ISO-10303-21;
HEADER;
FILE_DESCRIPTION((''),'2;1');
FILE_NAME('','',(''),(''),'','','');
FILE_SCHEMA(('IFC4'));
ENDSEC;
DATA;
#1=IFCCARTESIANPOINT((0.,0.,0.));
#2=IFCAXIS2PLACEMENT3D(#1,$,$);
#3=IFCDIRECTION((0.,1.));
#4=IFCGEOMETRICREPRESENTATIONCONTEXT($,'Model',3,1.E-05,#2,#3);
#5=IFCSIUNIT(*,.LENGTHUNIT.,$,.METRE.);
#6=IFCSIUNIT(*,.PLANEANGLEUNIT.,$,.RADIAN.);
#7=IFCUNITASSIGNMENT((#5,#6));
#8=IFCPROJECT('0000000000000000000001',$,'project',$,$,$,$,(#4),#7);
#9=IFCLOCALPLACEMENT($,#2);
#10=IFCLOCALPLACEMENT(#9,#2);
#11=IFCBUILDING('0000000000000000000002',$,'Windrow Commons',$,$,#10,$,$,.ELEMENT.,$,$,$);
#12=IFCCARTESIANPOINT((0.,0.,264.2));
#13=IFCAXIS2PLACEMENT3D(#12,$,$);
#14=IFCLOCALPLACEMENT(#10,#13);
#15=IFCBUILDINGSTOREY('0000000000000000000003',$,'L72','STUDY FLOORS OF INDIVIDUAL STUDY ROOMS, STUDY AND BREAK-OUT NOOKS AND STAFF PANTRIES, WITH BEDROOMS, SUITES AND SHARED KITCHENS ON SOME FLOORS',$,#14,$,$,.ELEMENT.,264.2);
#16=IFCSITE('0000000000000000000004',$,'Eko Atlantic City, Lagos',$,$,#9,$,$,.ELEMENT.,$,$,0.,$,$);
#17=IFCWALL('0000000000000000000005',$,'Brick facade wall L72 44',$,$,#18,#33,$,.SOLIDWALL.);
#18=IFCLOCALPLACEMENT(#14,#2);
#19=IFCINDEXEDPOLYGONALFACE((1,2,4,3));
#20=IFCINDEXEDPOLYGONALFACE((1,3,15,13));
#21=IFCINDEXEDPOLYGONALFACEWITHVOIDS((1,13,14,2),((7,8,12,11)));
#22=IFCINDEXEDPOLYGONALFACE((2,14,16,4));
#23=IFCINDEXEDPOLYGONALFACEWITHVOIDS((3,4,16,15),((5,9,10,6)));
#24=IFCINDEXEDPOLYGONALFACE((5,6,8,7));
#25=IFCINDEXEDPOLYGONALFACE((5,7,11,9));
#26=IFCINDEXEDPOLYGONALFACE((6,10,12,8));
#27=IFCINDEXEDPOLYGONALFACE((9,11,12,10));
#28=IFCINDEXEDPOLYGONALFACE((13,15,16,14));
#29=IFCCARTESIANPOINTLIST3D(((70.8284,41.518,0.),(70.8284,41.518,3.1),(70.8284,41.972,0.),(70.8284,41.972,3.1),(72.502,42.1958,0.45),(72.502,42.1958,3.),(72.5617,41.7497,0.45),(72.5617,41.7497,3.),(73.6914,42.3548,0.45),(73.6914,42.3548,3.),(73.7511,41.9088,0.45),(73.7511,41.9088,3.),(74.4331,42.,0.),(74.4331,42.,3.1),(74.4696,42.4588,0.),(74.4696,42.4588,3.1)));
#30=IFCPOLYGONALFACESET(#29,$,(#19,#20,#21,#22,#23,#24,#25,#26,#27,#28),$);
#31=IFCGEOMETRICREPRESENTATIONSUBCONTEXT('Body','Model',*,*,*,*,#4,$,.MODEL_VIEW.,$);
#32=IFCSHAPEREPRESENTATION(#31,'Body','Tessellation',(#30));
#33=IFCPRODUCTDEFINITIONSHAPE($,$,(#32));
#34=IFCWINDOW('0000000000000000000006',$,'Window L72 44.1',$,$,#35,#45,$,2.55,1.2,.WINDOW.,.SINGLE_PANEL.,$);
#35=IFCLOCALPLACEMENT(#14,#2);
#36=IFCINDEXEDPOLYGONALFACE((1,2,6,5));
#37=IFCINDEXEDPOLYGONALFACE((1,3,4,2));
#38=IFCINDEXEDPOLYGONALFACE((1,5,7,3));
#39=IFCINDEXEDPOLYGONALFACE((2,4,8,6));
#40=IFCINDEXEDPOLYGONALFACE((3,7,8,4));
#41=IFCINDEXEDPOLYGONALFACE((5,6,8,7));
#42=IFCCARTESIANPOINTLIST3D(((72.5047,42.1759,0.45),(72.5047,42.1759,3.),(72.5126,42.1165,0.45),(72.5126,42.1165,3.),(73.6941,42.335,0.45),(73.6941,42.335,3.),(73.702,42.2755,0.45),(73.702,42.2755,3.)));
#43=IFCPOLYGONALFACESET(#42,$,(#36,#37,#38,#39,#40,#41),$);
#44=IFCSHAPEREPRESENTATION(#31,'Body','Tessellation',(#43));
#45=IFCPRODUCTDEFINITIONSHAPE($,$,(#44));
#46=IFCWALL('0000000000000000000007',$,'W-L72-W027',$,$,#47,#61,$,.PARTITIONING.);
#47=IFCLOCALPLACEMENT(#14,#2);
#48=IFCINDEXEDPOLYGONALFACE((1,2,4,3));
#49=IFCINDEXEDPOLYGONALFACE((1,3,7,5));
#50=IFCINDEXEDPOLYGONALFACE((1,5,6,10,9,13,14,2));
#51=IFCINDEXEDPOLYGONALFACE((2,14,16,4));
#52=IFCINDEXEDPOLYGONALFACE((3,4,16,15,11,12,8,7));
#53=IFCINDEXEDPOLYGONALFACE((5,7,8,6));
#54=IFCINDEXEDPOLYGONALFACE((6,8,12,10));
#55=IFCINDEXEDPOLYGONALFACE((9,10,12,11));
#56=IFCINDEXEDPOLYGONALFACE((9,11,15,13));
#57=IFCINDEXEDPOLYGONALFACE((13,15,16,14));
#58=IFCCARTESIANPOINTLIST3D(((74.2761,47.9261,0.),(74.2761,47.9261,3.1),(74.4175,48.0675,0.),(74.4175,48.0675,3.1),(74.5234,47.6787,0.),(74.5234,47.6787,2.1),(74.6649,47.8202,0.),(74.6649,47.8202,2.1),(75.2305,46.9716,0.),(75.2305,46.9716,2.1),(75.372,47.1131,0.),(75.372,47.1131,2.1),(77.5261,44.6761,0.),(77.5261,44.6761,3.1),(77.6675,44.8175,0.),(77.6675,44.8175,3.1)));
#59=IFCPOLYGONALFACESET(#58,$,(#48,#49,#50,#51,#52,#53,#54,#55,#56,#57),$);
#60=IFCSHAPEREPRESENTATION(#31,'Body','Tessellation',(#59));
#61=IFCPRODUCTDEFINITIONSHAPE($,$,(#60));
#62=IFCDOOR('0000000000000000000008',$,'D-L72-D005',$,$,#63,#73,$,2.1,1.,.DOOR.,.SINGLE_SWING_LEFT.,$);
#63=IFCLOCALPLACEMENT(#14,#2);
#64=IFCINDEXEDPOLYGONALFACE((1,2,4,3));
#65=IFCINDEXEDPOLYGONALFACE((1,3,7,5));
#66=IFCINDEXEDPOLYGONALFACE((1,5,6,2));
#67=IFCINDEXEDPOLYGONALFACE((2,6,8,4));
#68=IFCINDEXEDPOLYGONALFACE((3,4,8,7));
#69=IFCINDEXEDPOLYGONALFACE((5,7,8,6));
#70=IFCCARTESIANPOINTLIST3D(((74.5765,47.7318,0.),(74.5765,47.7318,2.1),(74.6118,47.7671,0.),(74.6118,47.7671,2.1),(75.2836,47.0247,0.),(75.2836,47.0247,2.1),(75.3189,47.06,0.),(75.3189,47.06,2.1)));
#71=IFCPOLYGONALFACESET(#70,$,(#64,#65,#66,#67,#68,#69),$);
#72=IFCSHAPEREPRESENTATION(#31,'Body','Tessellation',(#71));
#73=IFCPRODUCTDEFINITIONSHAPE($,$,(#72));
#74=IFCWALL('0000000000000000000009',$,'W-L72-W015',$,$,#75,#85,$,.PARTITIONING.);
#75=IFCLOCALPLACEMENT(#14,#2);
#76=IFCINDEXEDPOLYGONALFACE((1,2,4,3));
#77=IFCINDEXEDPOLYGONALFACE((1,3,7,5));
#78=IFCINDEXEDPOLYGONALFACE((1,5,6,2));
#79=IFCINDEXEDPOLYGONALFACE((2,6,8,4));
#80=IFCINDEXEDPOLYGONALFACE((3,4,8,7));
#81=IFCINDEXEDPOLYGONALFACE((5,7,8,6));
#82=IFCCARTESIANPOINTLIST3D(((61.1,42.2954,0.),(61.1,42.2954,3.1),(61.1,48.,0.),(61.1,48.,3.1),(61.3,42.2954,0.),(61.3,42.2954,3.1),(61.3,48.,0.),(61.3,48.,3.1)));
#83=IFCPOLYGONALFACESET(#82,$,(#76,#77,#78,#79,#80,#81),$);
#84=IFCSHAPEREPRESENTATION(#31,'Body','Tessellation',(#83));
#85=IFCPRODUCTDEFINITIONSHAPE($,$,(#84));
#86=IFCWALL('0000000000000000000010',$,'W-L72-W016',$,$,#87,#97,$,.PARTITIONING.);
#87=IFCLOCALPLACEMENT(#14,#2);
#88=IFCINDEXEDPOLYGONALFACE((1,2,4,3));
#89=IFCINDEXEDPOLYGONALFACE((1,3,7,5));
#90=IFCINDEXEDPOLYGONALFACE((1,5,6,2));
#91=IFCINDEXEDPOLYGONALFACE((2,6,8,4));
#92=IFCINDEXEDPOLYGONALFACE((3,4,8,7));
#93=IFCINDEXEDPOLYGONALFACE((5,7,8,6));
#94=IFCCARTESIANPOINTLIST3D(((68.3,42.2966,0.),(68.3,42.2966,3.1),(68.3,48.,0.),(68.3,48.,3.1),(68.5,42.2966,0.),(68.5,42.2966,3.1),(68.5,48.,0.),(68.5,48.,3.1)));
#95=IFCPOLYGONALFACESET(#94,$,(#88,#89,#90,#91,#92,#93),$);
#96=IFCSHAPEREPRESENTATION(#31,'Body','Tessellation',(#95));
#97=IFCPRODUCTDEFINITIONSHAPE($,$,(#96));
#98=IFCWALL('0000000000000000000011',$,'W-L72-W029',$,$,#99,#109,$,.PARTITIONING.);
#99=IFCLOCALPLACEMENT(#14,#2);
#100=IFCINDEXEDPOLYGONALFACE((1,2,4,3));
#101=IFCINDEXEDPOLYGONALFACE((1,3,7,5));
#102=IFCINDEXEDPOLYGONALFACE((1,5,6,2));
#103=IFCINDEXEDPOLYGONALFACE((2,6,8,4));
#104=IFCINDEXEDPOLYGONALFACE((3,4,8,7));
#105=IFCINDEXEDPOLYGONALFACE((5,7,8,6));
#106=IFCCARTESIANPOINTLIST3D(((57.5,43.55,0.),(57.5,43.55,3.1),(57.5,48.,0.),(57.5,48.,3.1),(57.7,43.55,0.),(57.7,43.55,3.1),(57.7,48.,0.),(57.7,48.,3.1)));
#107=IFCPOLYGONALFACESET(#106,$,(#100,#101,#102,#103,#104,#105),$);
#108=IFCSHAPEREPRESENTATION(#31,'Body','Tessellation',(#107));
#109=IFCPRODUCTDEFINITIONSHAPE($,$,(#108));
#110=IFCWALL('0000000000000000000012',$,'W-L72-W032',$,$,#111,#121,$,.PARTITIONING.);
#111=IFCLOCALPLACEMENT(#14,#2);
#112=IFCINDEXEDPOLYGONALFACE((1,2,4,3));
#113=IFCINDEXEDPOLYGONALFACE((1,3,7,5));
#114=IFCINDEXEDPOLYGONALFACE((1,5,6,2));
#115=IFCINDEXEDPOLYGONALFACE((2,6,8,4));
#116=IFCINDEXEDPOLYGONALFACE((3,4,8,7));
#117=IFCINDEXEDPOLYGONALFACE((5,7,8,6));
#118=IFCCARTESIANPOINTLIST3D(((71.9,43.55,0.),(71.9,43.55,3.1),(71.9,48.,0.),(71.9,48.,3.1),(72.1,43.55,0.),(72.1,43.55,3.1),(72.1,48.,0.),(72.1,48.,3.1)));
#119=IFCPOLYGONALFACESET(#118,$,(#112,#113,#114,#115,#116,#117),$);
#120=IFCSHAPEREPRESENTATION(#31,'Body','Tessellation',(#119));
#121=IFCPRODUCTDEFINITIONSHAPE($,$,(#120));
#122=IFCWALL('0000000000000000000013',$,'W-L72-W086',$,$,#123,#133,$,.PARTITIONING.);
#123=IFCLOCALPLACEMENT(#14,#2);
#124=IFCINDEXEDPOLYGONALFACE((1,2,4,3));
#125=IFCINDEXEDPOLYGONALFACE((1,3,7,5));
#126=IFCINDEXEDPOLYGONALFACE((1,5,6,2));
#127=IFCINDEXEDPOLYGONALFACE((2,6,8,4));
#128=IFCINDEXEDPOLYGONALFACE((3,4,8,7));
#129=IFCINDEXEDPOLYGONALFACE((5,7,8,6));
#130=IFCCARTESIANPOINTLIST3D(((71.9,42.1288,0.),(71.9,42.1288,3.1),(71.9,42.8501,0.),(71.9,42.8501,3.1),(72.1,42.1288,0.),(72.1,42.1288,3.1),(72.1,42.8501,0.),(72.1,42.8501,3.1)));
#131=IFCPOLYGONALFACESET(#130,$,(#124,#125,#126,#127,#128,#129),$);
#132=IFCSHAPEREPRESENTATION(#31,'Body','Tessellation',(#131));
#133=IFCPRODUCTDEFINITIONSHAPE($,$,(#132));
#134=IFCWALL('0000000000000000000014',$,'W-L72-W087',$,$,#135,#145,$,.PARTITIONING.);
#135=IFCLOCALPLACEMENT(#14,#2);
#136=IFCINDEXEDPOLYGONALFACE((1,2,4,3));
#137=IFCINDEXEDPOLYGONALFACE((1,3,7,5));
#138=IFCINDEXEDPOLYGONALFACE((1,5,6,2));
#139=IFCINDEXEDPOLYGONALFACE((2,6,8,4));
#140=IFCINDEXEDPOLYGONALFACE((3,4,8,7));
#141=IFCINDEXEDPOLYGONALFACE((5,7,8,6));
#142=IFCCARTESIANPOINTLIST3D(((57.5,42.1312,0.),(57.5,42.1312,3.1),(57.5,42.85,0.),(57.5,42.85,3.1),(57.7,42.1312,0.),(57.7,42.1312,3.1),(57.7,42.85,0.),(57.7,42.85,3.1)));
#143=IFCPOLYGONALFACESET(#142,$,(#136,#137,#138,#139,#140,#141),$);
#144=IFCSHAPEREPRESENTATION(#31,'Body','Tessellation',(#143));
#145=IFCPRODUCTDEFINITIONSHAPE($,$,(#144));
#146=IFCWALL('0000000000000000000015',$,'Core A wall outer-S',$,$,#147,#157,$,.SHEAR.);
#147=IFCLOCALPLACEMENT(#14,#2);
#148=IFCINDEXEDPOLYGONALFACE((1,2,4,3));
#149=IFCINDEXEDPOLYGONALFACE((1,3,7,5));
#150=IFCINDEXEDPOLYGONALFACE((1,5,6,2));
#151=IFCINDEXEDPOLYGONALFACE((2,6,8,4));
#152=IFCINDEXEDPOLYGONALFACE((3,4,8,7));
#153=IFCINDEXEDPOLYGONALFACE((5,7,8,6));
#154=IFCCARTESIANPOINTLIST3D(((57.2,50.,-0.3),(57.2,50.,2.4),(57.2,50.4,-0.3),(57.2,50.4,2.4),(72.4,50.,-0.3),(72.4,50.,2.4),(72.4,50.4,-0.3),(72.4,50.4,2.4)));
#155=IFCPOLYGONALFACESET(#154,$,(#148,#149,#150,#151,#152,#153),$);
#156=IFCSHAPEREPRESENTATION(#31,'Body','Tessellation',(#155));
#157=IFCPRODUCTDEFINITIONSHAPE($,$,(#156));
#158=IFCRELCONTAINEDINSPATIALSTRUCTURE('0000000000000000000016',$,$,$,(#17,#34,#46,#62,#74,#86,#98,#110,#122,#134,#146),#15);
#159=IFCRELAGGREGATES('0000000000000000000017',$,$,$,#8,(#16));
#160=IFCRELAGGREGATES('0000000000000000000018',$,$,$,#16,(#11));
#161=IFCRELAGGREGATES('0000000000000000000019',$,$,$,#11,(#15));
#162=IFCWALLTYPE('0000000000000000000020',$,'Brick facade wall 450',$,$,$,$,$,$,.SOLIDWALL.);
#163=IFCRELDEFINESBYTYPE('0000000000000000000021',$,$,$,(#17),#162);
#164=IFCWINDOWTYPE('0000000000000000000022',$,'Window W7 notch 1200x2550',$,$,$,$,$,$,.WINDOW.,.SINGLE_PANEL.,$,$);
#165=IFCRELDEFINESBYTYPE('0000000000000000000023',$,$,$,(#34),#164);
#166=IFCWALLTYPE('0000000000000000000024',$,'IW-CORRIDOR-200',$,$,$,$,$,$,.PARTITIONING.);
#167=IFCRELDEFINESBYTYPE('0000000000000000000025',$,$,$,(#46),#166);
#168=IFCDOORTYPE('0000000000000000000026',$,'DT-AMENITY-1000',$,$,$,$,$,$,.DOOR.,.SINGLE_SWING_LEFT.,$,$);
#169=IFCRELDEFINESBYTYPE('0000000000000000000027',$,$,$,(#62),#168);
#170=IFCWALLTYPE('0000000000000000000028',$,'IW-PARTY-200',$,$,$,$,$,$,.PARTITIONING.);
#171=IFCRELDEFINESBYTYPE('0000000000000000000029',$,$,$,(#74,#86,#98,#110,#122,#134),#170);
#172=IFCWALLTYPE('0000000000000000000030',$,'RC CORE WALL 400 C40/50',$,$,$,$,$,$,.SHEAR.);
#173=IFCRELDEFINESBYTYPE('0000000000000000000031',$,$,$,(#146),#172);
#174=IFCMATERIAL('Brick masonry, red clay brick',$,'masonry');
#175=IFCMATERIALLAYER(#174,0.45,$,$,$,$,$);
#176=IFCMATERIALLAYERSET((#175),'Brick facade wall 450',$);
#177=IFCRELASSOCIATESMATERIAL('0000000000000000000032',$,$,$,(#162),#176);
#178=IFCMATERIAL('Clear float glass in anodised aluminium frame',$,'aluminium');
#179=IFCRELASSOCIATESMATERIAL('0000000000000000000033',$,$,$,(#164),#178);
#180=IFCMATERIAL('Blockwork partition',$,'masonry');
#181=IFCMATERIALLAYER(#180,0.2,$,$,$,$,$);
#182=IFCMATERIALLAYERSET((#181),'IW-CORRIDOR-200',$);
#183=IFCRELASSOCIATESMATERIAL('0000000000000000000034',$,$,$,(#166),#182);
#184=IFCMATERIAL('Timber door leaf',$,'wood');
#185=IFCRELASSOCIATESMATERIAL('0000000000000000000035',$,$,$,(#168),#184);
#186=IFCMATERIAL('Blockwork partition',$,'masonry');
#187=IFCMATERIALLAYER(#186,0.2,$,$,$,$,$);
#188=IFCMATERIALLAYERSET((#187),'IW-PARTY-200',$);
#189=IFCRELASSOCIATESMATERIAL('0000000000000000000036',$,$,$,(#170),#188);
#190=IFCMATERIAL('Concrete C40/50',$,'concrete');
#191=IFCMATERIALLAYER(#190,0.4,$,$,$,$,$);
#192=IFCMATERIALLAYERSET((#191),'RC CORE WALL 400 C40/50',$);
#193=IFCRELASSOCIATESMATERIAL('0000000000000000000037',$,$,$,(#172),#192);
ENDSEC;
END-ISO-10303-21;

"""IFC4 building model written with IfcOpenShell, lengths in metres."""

from ifc_helpers import new_model, si_unit, direction, frame, frame_2d, origin, place, context, subcontext, project, spatial, polyline, rectangle, outline, extrude, material, layer, layer_set, type_object, element, fill, save


model = new_model("IFC4")

# Units and contexts
model_context = context("Model", 3, precision=1e-05, world=origin(), true_north=direction((0.0, 1.0)))
body_context = subcontext(model_context, "Body", "Model", "MODEL_VIEW")
ifc_project = project(units=[si_unit("LENGTHUNIT", "METRE"), si_unit("PLANEANGLEUNIT", "RADIAN")], contexts=[model_context])

# Site, building, storey
site_placement = place(None, origin())
site = spatial("IfcSite", under=ifc_project, at=site_placement, Name="Eko Atlantic City, Lagos", CompositionType="ELEMENT", RefElevation=0.0)
building_placement = place(site_placement, origin())
building = spatial("IfcBuilding", under=site, at=building_placement, Name="Windrow Commons", CompositionType="ELEMENT")
storey_placement = place(building_placement, frame((0.0, 0.0, 264.2)))
storey = spatial("IfcBuildingStorey", under=building, at=storey_placement, Name="L72", Description="STUDY FLOORS OF INDIVIDUAL STUDY ROOMS, STUDY AND BREAK-OUT NOOKS AND STAFF PANTRIES, WITH BEDROOMS, SUITES AND SHARED KITCHENS ON SOME FLOORS", CompositionType="ELEMENT", Elevation=264.2)

# Wall, opening, window
ifc_material_1 = material(Name="Brick masonry, red clay brick", Category="masonry")
ifc_layer_1 = layer(ifc_material_1, 0.45)
ifc_layer_set_1 = layer_set([ifc_layer_1], Name="Brick facade wall 450")
wall_type_1 = type_object("IfcWallType", Name="Brick facade wall 450", PredefinedType="SOLIDWALL", material=ifc_layer_set_1)
ifc_material_2 = material(Name="Clear float glass in anodised aluminium frame", Category="aluminium")
window_type = type_object("IfcWindowType", Name="Window W7 notch 1200x2550", PartitioningType="SINGLE_PANEL", PredefinedType="WINDOW", material=ifc_material_2)
wall_1_placement = place(storey_placement, frame((70.8284, 41.745, 0.0), z_axis=(0.0, 0.0, 1.0), x_axis=(0.99118, 0.132522, 0.0)))
wall_1 = element("IfcWall", 1, at=wall_1_placement, inside=storey, type_object=wall_type_1, Name="Brick facade wall L72 44", PredefinedType="SOLIDWALL", context=body_context, shape_type="SweptSolid", body=[
    extrude(outline(polyline([(-0.0301, -0.225), (3.6067, -0.225), (3.7037, 0.225), (0.0301, 0.225), (-0.0301, -0.225)])), origin(), (0.0, 0.0, 1.0), 3.1),
])
opening_1_placement = place(wall_1_placement, frame((1.7186, 0.0, 0.45)))
opening_1 = element("IfcOpeningElement", 2, at=opening_1_placement, cuts=wall_1, PredefinedType="OPENING", context=body_context, shape_type="SweptSolid", body=[
    extrude(rectangle(XDim=1.2, YDim=2.55, at=frame_2d((0.6, 1.275))), frame((0.0, 0.235, 0.0), z_axis=(0.0, -1.0, 0.0), x_axis=(1.0, 0.0, 0.0)), (0.0, 0.0, 1.0), 0.47),
])
window_1_placement = place(opening_1_placement, origin())
window_1 = element("IfcWindow", 3, at=window_1_placement, inside=storey, type_object=window_type, Name="Window L72 44.1", OverallHeight=2.55, OverallWidth=1.2, PartitioningType="SINGLE_PANEL", PredefinedType="WINDOW", context=body_context, shape_type="SweptSolid", body=[
    extrude(rectangle(XDim=1.2, YDim=2.55, at=frame_2d((0.6, 1.275))), frame((0.0, 0.205, 0.0), z_axis=(0.0, -1.0, 0.0), x_axis=(1.0, 0.0, 0.0)), (0.0, 0.0, 1.0), 0.06),
])
fill(opening_1, window_1)

# Wall, opening, door
ifc_material_3 = material(Name="Blockwork partition", Category="masonry")
ifc_layer_2 = layer(ifc_material_3, 0.2)
ifc_layer_set_2 = layer_set([ifc_layer_2], Name="IW-CORRIDOR-200")
wall_type_2 = type_object("IfcWallType", Name="IW-CORRIDOR-200", PredefinedType="PARTITIONING", material=ifc_layer_set_2)
wall_2_placement = place(storey_placement, frame((74.3468, 47.9968, 0.0), z_axis=(0.0, 0.0, 1.0), x_axis=(0.707107, -0.707107, 0.0)))
wall_2 = element("IfcWall", 4, at=wall_2_placement, inside=storey, type_object=wall_type_2, Name="W-L72-W027", PredefinedType="PARTITIONING", context=body_context, shape_type="SweptSolid", body=[
    extrude(rectangle(XDim=4.5962, YDim=0.2, at=frame_2d((2.2981, 0.0))), origin(), (0.0, 0.0, 1.0), 3.1),
])
opening_2_placement = place(wall_2_placement, frame((0.3498, 0.0, 0.0)))
opening_2 = element("IfcOpeningElement", 5, at=opening_2_placement, cuts=wall_2, PredefinedType="OPENING", context=body_context, shape_type="SweptSolid", body=[
    extrude(rectangle(XDim=1.0, YDim=2.1, at=frame_2d((0.5, 1.05))), frame((0.0, 0.11, 0.0), z_axis=(0.0, -1.0, 0.0), x_axis=(1.0, 0.0, 0.0)), (0.0, 0.0, 1.0), 0.22),
])
ifc_material_4 = material(Name="Timber door leaf", Category="wood")
door_type = type_object("IfcDoorType", Name="DT-AMENITY-1000", OperationType="SINGLE_SWING_LEFT", PredefinedType="DOOR", material=ifc_material_4)
door_placement = place(opening_2_placement, origin())
door = element("IfcDoor", 6, at=door_placement, inside=storey, type_object=door_type, Name="D-L72-D005", OperationType="SINGLE_SWING_LEFT", OverallHeight=2.1, OverallWidth=1.0, PredefinedType="DOOR", context=body_context, shape_type="SweptSolid", body=[
    extrude(rectangle(XDim=1.0, YDim=2.1, at=frame_2d((0.5, 1.05))), frame((0.0, 0.025, 0.0), z_axis=(0.0, -1.0, 0.0), x_axis=(1.0, 0.0, 0.0)), (0.0, 0.0, 1.0), 0.05),
])
fill(opening_2, door)

# Walls
ifc_material_5 = material(Name="Blockwork partition", Category="masonry")
ifc_layer_3 = layer(ifc_material_5, 0.2)
ifc_layer_set_3 = layer_set([ifc_layer_3], Name="IW-PARTY-200")
wall_type_3 = type_object("IfcWallType", Name="IW-PARTY-200", PredefinedType="PARTITIONING", material=ifc_layer_set_3)
wall_3_placement = place(storey_placement, frame((61.2, 42.2954, 0.0), z_axis=(0.0, 0.0, 1.0), x_axis=(0.0, 1.0, 0.0)))
element("IfcWall", 7, at=wall_3_placement, inside=storey, type_object=wall_type_3, Name="W-L72-W015", PredefinedType="PARTITIONING", context=body_context, shape_type="SweptSolid", body=[
    extrude(rectangle(XDim=5.7046, YDim=0.2, at=frame_2d((2.8523, 0.0))), origin(), (0.0, 0.0, 1.0), 3.1),
])
wall_4_placement = place(storey_placement, frame((68.4, 42.2967, 0.0), z_axis=(0.0, 0.0, 1.0), x_axis=(0.0, 1.0, 0.0)))
element("IfcWall", 8, at=wall_4_placement, inside=storey, type_object=wall_type_3, Name="W-L72-W016", PredefinedType="PARTITIONING", context=body_context, shape_type="SweptSolid", body=[
    extrude(rectangle(XDim=5.7033, YDim=0.2, at=frame_2d((2.8516, 0.0))), origin(), (0.0, 0.0, 1.0), 3.1),
])
for number, where, z_axis, x_axis, name in (
    (9, (57.6, 43.55, 0.0), (0.0, 0.0, 1.0), (0.0, 1.0, 0.0), "W-L72-W029"),
    (10, (72.0, 43.55, 0.0), (0.0, 0.0, 1.0), (0.0, 1.0, 0.0), "W-L72-W032"),
):
    element("IfcWall", number, at=place(storey_placement, frame(where, z_axis=z_axis, x_axis=x_axis)), inside=storey, type_object=wall_type_3, Name=name, PredefinedType="PARTITIONING", context=body_context, shape_type="SweptSolid", body=[
        extrude(rectangle(XDim=4.45, YDim=0.2, at=frame_2d((2.225, 0.0))), origin(), (0.0, 0.0, 1.0), 3.1),
    ])
wall_5_placement = place(storey_placement, frame((72.0, 42.1287, 0.0), z_axis=(0.0, 0.0, 1.0), x_axis=(0.0, 1.0, 0.0)))
element("IfcWall", 11, at=wall_5_placement, inside=storey, type_object=wall_type_3, Name="W-L72-W086", PredefinedType="PARTITIONING", context=body_context, shape_type="SweptSolid", body=[
    extrude(rectangle(XDim=0.7213, YDim=0.2, at=frame_2d((0.3607, 0.0))), origin(), (0.0, 0.0, 1.0), 3.1),
])
wall_6_placement = place(storey_placement, frame((57.6, 42.1312, 0.0), z_axis=(0.0, 0.0, 1.0), x_axis=(0.0, 1.0, 0.0)))
element("IfcWall", 12, at=wall_6_placement, inside=storey, type_object=wall_type_3, Name="W-L72-W087", PredefinedType="PARTITIONING", context=body_context, shape_type="SweptSolid", body=[
    extrude(rectangle(XDim=0.7188, YDim=0.2, at=frame_2d((0.3594, 0.0))), origin(), (0.0, 0.0, 1.0), 3.1),
])
ifc_material_6 = material(Name="Concrete C40/50", Category="concrete")
ifc_layer_4 = layer(ifc_material_6, 0.4)
ifc_layer_set_4 = layer_set([ifc_layer_4], Name="RC CORE WALL 400 C40/50")
wall_type_4 = type_object("IfcWallType", Name="RC CORE WALL 400 C40/50", PredefinedType="SHEAR", material=ifc_layer_set_4)
wall_7_placement = place(storey_placement, frame((57.2, 50.2, -0.3), z_axis=(0.0, 0.0, 1.0), x_axis=(1.0, 0.0, 0.0)))
element("IfcWall", 13, at=wall_7_placement, inside=storey, type_object=wall_type_4, Name="Core A wall outer-S", PredefinedType="SHEAR", context=body_context, shape_type="SweptSolid", body=[
    extrude(rectangle(XDim=15.2, YDim=0.4, at=frame_2d((7.6, 0.0))), origin(), (0.0, 0.0, 1.0), 2.7),
])

save(model, "model.ifc")
